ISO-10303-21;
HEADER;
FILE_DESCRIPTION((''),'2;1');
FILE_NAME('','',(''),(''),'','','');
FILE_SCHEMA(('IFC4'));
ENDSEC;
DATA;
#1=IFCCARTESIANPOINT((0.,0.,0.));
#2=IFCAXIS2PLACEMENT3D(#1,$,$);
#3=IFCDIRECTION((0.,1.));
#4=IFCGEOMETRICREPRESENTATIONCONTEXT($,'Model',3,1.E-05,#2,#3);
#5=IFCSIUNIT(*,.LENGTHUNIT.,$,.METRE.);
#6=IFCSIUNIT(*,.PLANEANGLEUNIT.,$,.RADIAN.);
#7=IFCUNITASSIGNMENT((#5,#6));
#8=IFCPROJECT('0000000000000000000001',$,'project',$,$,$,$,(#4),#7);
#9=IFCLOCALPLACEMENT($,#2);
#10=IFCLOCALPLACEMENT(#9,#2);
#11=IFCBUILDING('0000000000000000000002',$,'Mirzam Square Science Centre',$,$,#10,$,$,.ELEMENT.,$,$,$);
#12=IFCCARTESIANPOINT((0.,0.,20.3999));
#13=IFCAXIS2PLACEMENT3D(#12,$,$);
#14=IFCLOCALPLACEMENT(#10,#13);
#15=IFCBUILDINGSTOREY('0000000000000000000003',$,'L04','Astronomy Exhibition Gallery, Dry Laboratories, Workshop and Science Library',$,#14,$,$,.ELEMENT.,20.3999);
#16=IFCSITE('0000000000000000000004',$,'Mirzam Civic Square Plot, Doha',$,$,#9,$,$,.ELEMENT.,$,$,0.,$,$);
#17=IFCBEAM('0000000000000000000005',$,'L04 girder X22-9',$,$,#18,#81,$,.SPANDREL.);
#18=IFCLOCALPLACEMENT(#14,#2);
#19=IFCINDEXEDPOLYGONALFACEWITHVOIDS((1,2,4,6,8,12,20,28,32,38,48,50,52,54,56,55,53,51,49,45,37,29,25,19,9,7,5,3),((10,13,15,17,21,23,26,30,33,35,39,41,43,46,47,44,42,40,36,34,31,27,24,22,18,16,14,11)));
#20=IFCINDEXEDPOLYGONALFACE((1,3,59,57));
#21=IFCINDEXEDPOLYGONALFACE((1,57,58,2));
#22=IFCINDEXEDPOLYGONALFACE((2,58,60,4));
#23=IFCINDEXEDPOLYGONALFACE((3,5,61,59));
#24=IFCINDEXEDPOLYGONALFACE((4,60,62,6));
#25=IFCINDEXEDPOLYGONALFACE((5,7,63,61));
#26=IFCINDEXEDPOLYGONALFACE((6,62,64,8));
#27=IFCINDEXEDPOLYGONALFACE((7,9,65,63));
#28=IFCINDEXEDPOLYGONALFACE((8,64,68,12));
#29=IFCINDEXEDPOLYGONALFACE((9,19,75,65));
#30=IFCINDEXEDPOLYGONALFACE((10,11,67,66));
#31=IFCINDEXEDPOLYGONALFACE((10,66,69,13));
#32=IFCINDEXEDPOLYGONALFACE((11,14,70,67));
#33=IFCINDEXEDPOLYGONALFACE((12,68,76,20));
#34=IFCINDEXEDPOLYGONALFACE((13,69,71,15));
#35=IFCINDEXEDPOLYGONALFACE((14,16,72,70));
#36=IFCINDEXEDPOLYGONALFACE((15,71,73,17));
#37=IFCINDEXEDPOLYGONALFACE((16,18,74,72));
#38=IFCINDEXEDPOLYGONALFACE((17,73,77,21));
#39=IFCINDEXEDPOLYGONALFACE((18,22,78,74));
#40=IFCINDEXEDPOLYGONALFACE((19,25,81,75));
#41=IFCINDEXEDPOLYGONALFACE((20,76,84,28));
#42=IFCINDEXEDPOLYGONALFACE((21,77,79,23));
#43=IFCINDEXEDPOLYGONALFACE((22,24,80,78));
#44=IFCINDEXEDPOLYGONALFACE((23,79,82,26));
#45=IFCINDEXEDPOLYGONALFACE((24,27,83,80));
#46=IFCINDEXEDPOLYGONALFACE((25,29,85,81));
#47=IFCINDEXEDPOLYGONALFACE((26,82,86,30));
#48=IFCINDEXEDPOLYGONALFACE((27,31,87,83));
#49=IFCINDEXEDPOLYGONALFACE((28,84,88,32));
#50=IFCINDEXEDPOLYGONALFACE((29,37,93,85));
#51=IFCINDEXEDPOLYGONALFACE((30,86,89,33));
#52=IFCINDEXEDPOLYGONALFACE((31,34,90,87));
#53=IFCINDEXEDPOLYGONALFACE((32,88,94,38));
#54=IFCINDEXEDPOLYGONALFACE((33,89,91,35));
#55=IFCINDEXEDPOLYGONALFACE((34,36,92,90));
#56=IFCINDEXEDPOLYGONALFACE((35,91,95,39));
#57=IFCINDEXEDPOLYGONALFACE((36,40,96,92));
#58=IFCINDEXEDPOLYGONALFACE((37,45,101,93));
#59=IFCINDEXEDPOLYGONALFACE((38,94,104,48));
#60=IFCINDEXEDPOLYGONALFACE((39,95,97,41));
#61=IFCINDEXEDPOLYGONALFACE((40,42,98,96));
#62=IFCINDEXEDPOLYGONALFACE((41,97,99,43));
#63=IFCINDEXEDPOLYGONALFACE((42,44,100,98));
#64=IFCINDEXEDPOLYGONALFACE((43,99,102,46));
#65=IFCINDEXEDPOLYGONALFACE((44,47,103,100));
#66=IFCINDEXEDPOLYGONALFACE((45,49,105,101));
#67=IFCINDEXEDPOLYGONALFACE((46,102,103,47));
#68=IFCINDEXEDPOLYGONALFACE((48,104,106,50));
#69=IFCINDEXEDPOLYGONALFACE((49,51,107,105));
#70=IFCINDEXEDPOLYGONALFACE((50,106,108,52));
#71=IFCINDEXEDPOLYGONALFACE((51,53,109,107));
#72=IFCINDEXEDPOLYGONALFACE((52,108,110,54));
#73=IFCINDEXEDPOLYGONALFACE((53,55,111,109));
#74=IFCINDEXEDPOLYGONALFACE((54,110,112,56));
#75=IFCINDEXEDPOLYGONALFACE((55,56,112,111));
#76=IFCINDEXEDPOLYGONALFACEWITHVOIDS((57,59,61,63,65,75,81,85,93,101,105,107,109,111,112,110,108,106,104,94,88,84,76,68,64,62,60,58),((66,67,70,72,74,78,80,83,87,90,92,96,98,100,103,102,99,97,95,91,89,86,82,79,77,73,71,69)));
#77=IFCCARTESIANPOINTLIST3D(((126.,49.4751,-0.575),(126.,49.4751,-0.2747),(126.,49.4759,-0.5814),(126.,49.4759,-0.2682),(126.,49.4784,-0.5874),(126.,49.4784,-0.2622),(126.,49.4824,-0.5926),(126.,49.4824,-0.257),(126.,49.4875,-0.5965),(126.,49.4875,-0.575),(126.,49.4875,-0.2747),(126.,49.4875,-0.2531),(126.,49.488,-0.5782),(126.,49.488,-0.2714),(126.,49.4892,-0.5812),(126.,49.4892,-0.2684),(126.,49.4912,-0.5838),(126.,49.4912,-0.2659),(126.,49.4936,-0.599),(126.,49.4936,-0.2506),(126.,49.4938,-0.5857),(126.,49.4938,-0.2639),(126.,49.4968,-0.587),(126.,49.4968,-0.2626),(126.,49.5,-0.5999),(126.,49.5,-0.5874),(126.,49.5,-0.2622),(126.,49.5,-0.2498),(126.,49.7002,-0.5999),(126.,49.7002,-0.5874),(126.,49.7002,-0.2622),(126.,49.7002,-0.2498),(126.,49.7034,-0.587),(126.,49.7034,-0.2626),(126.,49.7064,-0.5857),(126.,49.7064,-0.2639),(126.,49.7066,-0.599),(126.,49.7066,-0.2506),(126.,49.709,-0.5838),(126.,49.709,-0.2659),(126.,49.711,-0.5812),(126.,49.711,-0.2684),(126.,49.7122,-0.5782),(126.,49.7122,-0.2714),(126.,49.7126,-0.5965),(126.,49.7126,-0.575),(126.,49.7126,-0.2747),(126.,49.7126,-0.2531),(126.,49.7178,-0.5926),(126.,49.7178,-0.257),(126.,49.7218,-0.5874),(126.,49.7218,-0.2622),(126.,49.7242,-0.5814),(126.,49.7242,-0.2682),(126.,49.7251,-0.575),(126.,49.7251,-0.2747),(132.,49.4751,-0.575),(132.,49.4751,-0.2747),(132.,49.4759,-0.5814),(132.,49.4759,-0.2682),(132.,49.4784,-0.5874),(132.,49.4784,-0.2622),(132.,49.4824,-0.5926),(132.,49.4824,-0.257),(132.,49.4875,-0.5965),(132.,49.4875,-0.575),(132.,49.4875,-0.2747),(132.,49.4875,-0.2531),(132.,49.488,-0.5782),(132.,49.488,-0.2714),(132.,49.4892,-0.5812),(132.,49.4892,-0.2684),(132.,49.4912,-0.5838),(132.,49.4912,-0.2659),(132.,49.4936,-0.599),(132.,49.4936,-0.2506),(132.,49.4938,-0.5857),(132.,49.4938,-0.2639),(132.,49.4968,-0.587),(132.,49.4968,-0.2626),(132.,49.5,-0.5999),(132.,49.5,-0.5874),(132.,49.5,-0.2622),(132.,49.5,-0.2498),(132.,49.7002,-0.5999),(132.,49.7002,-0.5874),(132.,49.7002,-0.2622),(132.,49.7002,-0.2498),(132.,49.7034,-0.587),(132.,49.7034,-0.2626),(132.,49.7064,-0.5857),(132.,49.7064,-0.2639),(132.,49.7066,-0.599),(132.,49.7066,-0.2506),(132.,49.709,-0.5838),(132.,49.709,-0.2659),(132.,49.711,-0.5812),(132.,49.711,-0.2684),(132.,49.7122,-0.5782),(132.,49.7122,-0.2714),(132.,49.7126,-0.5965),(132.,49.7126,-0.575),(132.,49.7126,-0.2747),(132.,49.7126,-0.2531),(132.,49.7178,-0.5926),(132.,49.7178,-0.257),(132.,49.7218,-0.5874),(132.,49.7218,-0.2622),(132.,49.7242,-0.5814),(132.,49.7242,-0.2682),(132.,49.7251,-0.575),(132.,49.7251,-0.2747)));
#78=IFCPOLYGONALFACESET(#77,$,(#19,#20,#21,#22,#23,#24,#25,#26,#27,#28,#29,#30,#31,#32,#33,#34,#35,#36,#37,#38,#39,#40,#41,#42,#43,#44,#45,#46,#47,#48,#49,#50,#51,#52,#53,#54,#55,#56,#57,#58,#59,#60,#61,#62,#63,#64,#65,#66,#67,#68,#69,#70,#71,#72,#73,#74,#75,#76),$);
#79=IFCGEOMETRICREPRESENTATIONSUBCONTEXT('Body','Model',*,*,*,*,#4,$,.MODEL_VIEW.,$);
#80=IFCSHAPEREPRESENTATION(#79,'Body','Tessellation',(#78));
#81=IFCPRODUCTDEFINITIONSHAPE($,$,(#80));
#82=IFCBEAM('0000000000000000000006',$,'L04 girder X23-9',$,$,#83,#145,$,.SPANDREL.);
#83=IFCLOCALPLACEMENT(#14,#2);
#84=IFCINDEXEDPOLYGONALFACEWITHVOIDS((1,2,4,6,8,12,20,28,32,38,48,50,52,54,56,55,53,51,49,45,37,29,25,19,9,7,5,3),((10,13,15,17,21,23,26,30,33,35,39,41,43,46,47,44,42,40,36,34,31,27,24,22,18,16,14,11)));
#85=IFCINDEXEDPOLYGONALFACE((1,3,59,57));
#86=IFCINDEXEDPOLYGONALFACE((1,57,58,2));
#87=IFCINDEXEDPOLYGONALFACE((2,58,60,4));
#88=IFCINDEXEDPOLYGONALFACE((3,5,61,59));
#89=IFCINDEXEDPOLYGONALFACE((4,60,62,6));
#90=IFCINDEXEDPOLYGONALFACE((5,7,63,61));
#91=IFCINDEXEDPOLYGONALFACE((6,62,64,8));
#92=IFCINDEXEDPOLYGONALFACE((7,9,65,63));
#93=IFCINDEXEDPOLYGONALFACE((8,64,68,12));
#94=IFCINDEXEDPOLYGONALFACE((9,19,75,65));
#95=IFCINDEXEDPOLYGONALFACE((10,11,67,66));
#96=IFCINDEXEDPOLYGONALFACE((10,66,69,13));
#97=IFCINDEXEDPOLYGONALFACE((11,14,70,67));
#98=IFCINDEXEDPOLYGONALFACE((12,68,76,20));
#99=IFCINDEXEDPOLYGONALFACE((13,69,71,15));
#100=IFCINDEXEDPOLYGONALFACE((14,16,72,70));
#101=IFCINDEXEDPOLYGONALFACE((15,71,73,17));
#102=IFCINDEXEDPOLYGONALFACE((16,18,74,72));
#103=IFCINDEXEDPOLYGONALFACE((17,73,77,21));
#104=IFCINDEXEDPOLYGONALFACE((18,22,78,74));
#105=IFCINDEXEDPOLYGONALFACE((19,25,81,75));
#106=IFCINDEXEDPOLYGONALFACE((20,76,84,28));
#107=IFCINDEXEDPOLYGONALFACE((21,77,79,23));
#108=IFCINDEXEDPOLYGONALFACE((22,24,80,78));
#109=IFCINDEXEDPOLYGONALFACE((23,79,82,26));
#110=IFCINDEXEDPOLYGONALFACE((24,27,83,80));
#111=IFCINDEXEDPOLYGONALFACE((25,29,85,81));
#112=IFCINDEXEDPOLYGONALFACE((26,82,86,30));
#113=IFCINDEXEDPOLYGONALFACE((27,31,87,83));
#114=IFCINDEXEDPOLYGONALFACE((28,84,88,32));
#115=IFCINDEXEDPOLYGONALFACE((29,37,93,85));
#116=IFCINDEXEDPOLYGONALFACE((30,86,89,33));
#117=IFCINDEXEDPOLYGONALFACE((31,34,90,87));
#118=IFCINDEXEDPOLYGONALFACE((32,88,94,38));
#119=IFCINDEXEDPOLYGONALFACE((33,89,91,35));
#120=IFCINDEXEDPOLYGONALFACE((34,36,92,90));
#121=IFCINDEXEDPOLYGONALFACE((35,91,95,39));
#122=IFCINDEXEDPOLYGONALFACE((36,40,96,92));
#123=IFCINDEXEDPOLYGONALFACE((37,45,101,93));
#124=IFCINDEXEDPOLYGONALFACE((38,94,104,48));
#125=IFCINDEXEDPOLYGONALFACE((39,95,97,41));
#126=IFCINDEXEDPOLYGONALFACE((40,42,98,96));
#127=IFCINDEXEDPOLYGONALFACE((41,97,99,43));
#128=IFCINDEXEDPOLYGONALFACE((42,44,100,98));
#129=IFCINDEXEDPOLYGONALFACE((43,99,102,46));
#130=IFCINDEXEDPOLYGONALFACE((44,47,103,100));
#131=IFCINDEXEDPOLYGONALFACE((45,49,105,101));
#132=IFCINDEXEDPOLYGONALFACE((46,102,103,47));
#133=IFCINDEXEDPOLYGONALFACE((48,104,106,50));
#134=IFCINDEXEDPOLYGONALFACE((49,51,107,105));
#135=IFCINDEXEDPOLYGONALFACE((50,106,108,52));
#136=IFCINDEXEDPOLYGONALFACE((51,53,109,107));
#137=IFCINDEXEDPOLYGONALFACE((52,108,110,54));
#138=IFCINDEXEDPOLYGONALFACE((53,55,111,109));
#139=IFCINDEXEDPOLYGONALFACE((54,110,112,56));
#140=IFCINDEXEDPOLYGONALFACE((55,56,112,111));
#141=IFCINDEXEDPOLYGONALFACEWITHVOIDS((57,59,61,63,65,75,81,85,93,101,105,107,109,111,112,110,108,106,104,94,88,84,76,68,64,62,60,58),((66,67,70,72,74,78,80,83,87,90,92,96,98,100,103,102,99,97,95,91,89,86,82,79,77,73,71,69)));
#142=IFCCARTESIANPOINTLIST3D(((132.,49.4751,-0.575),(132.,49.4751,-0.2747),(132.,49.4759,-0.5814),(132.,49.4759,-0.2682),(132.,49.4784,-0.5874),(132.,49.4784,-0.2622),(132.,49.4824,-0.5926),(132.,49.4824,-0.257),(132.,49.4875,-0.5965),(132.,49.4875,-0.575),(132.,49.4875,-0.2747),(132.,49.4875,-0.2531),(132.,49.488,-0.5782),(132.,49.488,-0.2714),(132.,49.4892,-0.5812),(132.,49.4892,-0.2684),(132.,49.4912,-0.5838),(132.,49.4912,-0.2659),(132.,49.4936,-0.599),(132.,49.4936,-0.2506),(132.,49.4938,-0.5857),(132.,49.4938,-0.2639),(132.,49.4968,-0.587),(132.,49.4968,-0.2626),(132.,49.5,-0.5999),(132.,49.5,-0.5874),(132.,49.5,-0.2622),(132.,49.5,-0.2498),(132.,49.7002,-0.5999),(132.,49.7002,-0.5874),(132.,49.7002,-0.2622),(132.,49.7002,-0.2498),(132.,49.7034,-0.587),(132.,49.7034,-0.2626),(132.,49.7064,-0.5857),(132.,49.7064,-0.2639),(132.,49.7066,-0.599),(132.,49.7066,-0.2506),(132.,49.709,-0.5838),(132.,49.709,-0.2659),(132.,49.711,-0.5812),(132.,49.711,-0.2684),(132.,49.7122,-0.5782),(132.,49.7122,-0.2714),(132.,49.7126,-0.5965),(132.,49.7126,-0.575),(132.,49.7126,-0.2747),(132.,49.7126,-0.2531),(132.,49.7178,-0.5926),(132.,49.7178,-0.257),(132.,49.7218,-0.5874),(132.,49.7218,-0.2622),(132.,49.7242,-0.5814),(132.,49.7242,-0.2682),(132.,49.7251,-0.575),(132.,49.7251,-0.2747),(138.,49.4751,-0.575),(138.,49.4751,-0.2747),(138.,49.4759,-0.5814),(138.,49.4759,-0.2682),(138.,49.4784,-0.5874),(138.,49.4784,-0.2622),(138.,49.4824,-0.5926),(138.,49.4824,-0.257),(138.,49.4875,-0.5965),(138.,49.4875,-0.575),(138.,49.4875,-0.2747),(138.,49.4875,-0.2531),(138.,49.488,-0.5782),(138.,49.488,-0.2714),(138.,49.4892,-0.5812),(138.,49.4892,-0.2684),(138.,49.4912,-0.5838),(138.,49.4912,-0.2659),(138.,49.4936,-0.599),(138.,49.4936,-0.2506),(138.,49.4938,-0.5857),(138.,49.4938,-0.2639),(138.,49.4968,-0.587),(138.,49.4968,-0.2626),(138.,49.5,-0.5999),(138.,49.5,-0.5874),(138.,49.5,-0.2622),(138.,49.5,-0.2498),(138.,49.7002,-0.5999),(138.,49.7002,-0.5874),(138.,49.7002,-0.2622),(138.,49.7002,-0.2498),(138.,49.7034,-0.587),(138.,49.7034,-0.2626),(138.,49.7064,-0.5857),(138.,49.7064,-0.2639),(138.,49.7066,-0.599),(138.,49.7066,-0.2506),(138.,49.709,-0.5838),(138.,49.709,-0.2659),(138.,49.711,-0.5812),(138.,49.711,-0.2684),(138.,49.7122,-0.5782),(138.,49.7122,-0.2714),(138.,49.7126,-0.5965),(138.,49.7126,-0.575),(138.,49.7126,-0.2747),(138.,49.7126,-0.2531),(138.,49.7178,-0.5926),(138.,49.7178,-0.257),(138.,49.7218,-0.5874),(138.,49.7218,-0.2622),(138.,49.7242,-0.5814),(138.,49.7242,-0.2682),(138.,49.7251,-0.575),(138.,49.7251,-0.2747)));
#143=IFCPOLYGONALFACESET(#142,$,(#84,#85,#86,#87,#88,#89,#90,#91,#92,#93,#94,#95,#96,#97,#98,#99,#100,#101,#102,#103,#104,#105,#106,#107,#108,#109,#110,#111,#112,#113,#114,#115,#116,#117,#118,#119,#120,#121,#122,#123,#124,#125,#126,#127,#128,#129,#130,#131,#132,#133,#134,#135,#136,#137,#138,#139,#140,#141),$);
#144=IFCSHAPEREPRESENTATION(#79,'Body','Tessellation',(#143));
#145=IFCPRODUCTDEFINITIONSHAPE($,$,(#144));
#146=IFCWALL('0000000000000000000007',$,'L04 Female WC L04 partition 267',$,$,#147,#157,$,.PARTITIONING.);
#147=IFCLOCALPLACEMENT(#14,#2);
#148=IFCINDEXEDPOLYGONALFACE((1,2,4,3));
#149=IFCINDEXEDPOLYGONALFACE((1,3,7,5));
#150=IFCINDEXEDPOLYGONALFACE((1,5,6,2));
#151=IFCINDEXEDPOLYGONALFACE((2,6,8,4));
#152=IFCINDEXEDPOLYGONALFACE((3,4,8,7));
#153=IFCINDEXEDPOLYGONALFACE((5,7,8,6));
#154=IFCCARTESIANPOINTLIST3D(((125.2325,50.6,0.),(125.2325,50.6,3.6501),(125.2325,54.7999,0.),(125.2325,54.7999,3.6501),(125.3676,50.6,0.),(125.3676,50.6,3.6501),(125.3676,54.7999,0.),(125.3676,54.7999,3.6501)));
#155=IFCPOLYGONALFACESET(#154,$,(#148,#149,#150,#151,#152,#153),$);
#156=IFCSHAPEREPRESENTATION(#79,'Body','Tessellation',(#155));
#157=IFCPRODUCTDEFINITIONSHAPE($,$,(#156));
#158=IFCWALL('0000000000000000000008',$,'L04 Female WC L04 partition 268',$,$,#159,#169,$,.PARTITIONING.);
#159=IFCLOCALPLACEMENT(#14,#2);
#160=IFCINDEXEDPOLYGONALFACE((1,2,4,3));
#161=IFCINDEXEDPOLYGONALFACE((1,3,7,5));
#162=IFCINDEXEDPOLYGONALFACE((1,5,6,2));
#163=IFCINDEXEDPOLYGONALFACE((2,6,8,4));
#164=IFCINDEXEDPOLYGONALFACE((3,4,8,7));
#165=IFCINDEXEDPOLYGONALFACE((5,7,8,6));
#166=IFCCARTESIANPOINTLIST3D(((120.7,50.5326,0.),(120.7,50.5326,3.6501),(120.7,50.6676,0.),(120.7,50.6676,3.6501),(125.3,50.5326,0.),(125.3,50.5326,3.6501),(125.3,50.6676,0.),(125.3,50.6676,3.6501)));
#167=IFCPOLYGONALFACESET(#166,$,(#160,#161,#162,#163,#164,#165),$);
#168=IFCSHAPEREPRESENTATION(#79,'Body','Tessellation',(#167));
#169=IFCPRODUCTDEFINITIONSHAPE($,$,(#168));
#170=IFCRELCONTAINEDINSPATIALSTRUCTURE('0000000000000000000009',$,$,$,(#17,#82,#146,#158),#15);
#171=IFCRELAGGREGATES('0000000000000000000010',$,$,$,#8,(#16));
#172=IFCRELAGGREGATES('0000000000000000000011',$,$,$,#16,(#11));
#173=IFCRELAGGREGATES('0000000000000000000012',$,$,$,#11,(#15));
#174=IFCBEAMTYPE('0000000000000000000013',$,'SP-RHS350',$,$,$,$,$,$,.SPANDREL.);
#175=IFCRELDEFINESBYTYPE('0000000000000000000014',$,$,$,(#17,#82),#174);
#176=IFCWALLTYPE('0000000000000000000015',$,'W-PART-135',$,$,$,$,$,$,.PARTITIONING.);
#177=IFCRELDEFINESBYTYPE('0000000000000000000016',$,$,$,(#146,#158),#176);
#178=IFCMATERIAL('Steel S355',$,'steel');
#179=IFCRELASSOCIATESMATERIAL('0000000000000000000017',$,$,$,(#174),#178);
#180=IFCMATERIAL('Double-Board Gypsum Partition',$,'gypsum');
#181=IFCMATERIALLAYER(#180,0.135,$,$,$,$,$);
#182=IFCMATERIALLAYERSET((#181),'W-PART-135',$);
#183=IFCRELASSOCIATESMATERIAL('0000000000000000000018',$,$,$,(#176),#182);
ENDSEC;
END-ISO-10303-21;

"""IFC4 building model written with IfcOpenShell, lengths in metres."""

from ifc_helpers import new_model, si_unit, direction, frame, frame_2d, origin, origin_2d, place, context, subcontext, project, spatial, rectangle, hollow_rectangle, extrude, material, layer, layer_set, material_profile, profile_set, type_object, element, save


model = new_model("IFC4")

# Units and contexts
model_context = context("Model", 3, precision=1e-05, world=origin(), true_north=direction((0.0, 1.0)))
body_context = subcontext(model_context, "Body", "Model", "MODEL_VIEW")
ifc_project = project(units=[si_unit("LENGTHUNIT", "METRE"), si_unit("PLANEANGLEUNIT", "RADIAN")], contexts=[model_context])

# Site, building, storey
site_placement = place(None, origin())
site = spatial("IfcSite", under=ifc_project, at=site_placement, Name="Mirzam Civic Square Plot, Doha", CompositionType="ELEMENT", RefElevation=0.0)
building_placement = place(site_placement, origin())
building = spatial("IfcBuilding", under=site, at=building_placement, Name="Mirzam Square Science Centre", CompositionType="ELEMENT")
storey_placement = place(building_placement, frame((0.0, 0.0, 20.3999)))
storey = spatial("IfcBuildingStorey", under=building, at=storey_placement, Name="L04", Description="Astronomy Exhibition Gallery, Dry Laboratories, Workshop and Science Library", CompositionType="ELEMENT", Elevation=20.3999)

# Shared definitions
ifc_material_1 = material(Name="Steel S355", Category="steel")

# Beams
ifc_material_profile_1 = material_profile(ifc_material_1, hollow_rectangle(XDim=0.25, YDim=0.3501, WallThickness=0.0125, InnerFilletRadius=0.0125, OuterFilletRadius=0.0249, at=origin_2d()), Name="350x250x12.5RHS")
ifc_profile_set_1 = profile_set([ifc_material_profile_1], Name="Steel S355")
beam_type_1 = type_object("IfcBeamType", Name="SP-RHS350", PredefinedType="SPANDREL", material=ifc_profile_set_1)
for number, where, z_axis, x_axis, name in (
    (1, (126.0, 49.6001, -0.4248), (1.0, 0.0, 0.0), (0.0, 1.0, 0.0), "L04 girder X22-9"),
    (2, (132.0, 49.6001, -0.4248), (1.0, 0.0, 0.0), (0.0, 1.0, 0.0), "L04 girder X23-9"),
):
    element("IfcBeam", number, at=place(storey_placement, frame(where, z_axis=z_axis, x_axis=x_axis)), inside=storey, type_object=beam_type_1, Name=name, PredefinedType="SPANDREL", context=body_context, shape_type="SweptSolid", body=[
        extrude(hollow_rectangle(XDim=0.25, YDim=0.3501, WallThickness=0.0125, InnerFilletRadius=0.0125, OuterFilletRadius=0.0249, at=origin_2d()), origin(), (0.0, 0.0, 1.0), 6.0),
    ])

# Walls
ifc_material_2 = material(Name="Double-Board Gypsum Partition", Category="gypsum")
ifc_layer_1 = layer(ifc_material_2, 0.135)
ifc_layer_set_1 = layer_set([ifc_layer_1], Name="W-PART-135")
wall_type_1 = type_object("IfcWallType", Name="W-PART-135", PredefinedType="PARTITIONING", material=ifc_layer_set_1)
wall_1_placement = place(storey_placement, frame((125.3, 54.8, 0.0), z_axis=(0.0, 0.0, 1.0), x_axis=(0.0, -1.0, 0.0)))
element("IfcWall", 3, at=wall_1_placement, inside=storey, type_object=wall_type_1, Name="L04 Female WC L04 partition 267", PredefinedType="PARTITIONING", context=body_context, shape_type="SweptSolid", body=[
    extrude(rectangle(XDim=4.2, YDim=0.135, at=frame_2d((2.1001, 0.0))), origin(), (0.0, 0.0, 1.0), 3.6501),
])
wall_2_placement = place(storey_placement, frame((125.3, 50.6001, 0.0), z_axis=(0.0, 0.0, 1.0), x_axis=(-1.0, 0.0, 0.0)))
element("IfcWall", 4, at=wall_2_placement, inside=storey, type_object=wall_type_1, Name="L04 Female WC L04 partition 268", PredefinedType="PARTITIONING", context=body_context, shape_type="SweptSolid", body=[
    extrude(rectangle(XDim=4.6001, YDim=0.135, at=frame_2d((2.3, 0.0))), origin(), (0.0, 0.0, 1.0), 3.6501),
])

save(model, "model.ifc")
